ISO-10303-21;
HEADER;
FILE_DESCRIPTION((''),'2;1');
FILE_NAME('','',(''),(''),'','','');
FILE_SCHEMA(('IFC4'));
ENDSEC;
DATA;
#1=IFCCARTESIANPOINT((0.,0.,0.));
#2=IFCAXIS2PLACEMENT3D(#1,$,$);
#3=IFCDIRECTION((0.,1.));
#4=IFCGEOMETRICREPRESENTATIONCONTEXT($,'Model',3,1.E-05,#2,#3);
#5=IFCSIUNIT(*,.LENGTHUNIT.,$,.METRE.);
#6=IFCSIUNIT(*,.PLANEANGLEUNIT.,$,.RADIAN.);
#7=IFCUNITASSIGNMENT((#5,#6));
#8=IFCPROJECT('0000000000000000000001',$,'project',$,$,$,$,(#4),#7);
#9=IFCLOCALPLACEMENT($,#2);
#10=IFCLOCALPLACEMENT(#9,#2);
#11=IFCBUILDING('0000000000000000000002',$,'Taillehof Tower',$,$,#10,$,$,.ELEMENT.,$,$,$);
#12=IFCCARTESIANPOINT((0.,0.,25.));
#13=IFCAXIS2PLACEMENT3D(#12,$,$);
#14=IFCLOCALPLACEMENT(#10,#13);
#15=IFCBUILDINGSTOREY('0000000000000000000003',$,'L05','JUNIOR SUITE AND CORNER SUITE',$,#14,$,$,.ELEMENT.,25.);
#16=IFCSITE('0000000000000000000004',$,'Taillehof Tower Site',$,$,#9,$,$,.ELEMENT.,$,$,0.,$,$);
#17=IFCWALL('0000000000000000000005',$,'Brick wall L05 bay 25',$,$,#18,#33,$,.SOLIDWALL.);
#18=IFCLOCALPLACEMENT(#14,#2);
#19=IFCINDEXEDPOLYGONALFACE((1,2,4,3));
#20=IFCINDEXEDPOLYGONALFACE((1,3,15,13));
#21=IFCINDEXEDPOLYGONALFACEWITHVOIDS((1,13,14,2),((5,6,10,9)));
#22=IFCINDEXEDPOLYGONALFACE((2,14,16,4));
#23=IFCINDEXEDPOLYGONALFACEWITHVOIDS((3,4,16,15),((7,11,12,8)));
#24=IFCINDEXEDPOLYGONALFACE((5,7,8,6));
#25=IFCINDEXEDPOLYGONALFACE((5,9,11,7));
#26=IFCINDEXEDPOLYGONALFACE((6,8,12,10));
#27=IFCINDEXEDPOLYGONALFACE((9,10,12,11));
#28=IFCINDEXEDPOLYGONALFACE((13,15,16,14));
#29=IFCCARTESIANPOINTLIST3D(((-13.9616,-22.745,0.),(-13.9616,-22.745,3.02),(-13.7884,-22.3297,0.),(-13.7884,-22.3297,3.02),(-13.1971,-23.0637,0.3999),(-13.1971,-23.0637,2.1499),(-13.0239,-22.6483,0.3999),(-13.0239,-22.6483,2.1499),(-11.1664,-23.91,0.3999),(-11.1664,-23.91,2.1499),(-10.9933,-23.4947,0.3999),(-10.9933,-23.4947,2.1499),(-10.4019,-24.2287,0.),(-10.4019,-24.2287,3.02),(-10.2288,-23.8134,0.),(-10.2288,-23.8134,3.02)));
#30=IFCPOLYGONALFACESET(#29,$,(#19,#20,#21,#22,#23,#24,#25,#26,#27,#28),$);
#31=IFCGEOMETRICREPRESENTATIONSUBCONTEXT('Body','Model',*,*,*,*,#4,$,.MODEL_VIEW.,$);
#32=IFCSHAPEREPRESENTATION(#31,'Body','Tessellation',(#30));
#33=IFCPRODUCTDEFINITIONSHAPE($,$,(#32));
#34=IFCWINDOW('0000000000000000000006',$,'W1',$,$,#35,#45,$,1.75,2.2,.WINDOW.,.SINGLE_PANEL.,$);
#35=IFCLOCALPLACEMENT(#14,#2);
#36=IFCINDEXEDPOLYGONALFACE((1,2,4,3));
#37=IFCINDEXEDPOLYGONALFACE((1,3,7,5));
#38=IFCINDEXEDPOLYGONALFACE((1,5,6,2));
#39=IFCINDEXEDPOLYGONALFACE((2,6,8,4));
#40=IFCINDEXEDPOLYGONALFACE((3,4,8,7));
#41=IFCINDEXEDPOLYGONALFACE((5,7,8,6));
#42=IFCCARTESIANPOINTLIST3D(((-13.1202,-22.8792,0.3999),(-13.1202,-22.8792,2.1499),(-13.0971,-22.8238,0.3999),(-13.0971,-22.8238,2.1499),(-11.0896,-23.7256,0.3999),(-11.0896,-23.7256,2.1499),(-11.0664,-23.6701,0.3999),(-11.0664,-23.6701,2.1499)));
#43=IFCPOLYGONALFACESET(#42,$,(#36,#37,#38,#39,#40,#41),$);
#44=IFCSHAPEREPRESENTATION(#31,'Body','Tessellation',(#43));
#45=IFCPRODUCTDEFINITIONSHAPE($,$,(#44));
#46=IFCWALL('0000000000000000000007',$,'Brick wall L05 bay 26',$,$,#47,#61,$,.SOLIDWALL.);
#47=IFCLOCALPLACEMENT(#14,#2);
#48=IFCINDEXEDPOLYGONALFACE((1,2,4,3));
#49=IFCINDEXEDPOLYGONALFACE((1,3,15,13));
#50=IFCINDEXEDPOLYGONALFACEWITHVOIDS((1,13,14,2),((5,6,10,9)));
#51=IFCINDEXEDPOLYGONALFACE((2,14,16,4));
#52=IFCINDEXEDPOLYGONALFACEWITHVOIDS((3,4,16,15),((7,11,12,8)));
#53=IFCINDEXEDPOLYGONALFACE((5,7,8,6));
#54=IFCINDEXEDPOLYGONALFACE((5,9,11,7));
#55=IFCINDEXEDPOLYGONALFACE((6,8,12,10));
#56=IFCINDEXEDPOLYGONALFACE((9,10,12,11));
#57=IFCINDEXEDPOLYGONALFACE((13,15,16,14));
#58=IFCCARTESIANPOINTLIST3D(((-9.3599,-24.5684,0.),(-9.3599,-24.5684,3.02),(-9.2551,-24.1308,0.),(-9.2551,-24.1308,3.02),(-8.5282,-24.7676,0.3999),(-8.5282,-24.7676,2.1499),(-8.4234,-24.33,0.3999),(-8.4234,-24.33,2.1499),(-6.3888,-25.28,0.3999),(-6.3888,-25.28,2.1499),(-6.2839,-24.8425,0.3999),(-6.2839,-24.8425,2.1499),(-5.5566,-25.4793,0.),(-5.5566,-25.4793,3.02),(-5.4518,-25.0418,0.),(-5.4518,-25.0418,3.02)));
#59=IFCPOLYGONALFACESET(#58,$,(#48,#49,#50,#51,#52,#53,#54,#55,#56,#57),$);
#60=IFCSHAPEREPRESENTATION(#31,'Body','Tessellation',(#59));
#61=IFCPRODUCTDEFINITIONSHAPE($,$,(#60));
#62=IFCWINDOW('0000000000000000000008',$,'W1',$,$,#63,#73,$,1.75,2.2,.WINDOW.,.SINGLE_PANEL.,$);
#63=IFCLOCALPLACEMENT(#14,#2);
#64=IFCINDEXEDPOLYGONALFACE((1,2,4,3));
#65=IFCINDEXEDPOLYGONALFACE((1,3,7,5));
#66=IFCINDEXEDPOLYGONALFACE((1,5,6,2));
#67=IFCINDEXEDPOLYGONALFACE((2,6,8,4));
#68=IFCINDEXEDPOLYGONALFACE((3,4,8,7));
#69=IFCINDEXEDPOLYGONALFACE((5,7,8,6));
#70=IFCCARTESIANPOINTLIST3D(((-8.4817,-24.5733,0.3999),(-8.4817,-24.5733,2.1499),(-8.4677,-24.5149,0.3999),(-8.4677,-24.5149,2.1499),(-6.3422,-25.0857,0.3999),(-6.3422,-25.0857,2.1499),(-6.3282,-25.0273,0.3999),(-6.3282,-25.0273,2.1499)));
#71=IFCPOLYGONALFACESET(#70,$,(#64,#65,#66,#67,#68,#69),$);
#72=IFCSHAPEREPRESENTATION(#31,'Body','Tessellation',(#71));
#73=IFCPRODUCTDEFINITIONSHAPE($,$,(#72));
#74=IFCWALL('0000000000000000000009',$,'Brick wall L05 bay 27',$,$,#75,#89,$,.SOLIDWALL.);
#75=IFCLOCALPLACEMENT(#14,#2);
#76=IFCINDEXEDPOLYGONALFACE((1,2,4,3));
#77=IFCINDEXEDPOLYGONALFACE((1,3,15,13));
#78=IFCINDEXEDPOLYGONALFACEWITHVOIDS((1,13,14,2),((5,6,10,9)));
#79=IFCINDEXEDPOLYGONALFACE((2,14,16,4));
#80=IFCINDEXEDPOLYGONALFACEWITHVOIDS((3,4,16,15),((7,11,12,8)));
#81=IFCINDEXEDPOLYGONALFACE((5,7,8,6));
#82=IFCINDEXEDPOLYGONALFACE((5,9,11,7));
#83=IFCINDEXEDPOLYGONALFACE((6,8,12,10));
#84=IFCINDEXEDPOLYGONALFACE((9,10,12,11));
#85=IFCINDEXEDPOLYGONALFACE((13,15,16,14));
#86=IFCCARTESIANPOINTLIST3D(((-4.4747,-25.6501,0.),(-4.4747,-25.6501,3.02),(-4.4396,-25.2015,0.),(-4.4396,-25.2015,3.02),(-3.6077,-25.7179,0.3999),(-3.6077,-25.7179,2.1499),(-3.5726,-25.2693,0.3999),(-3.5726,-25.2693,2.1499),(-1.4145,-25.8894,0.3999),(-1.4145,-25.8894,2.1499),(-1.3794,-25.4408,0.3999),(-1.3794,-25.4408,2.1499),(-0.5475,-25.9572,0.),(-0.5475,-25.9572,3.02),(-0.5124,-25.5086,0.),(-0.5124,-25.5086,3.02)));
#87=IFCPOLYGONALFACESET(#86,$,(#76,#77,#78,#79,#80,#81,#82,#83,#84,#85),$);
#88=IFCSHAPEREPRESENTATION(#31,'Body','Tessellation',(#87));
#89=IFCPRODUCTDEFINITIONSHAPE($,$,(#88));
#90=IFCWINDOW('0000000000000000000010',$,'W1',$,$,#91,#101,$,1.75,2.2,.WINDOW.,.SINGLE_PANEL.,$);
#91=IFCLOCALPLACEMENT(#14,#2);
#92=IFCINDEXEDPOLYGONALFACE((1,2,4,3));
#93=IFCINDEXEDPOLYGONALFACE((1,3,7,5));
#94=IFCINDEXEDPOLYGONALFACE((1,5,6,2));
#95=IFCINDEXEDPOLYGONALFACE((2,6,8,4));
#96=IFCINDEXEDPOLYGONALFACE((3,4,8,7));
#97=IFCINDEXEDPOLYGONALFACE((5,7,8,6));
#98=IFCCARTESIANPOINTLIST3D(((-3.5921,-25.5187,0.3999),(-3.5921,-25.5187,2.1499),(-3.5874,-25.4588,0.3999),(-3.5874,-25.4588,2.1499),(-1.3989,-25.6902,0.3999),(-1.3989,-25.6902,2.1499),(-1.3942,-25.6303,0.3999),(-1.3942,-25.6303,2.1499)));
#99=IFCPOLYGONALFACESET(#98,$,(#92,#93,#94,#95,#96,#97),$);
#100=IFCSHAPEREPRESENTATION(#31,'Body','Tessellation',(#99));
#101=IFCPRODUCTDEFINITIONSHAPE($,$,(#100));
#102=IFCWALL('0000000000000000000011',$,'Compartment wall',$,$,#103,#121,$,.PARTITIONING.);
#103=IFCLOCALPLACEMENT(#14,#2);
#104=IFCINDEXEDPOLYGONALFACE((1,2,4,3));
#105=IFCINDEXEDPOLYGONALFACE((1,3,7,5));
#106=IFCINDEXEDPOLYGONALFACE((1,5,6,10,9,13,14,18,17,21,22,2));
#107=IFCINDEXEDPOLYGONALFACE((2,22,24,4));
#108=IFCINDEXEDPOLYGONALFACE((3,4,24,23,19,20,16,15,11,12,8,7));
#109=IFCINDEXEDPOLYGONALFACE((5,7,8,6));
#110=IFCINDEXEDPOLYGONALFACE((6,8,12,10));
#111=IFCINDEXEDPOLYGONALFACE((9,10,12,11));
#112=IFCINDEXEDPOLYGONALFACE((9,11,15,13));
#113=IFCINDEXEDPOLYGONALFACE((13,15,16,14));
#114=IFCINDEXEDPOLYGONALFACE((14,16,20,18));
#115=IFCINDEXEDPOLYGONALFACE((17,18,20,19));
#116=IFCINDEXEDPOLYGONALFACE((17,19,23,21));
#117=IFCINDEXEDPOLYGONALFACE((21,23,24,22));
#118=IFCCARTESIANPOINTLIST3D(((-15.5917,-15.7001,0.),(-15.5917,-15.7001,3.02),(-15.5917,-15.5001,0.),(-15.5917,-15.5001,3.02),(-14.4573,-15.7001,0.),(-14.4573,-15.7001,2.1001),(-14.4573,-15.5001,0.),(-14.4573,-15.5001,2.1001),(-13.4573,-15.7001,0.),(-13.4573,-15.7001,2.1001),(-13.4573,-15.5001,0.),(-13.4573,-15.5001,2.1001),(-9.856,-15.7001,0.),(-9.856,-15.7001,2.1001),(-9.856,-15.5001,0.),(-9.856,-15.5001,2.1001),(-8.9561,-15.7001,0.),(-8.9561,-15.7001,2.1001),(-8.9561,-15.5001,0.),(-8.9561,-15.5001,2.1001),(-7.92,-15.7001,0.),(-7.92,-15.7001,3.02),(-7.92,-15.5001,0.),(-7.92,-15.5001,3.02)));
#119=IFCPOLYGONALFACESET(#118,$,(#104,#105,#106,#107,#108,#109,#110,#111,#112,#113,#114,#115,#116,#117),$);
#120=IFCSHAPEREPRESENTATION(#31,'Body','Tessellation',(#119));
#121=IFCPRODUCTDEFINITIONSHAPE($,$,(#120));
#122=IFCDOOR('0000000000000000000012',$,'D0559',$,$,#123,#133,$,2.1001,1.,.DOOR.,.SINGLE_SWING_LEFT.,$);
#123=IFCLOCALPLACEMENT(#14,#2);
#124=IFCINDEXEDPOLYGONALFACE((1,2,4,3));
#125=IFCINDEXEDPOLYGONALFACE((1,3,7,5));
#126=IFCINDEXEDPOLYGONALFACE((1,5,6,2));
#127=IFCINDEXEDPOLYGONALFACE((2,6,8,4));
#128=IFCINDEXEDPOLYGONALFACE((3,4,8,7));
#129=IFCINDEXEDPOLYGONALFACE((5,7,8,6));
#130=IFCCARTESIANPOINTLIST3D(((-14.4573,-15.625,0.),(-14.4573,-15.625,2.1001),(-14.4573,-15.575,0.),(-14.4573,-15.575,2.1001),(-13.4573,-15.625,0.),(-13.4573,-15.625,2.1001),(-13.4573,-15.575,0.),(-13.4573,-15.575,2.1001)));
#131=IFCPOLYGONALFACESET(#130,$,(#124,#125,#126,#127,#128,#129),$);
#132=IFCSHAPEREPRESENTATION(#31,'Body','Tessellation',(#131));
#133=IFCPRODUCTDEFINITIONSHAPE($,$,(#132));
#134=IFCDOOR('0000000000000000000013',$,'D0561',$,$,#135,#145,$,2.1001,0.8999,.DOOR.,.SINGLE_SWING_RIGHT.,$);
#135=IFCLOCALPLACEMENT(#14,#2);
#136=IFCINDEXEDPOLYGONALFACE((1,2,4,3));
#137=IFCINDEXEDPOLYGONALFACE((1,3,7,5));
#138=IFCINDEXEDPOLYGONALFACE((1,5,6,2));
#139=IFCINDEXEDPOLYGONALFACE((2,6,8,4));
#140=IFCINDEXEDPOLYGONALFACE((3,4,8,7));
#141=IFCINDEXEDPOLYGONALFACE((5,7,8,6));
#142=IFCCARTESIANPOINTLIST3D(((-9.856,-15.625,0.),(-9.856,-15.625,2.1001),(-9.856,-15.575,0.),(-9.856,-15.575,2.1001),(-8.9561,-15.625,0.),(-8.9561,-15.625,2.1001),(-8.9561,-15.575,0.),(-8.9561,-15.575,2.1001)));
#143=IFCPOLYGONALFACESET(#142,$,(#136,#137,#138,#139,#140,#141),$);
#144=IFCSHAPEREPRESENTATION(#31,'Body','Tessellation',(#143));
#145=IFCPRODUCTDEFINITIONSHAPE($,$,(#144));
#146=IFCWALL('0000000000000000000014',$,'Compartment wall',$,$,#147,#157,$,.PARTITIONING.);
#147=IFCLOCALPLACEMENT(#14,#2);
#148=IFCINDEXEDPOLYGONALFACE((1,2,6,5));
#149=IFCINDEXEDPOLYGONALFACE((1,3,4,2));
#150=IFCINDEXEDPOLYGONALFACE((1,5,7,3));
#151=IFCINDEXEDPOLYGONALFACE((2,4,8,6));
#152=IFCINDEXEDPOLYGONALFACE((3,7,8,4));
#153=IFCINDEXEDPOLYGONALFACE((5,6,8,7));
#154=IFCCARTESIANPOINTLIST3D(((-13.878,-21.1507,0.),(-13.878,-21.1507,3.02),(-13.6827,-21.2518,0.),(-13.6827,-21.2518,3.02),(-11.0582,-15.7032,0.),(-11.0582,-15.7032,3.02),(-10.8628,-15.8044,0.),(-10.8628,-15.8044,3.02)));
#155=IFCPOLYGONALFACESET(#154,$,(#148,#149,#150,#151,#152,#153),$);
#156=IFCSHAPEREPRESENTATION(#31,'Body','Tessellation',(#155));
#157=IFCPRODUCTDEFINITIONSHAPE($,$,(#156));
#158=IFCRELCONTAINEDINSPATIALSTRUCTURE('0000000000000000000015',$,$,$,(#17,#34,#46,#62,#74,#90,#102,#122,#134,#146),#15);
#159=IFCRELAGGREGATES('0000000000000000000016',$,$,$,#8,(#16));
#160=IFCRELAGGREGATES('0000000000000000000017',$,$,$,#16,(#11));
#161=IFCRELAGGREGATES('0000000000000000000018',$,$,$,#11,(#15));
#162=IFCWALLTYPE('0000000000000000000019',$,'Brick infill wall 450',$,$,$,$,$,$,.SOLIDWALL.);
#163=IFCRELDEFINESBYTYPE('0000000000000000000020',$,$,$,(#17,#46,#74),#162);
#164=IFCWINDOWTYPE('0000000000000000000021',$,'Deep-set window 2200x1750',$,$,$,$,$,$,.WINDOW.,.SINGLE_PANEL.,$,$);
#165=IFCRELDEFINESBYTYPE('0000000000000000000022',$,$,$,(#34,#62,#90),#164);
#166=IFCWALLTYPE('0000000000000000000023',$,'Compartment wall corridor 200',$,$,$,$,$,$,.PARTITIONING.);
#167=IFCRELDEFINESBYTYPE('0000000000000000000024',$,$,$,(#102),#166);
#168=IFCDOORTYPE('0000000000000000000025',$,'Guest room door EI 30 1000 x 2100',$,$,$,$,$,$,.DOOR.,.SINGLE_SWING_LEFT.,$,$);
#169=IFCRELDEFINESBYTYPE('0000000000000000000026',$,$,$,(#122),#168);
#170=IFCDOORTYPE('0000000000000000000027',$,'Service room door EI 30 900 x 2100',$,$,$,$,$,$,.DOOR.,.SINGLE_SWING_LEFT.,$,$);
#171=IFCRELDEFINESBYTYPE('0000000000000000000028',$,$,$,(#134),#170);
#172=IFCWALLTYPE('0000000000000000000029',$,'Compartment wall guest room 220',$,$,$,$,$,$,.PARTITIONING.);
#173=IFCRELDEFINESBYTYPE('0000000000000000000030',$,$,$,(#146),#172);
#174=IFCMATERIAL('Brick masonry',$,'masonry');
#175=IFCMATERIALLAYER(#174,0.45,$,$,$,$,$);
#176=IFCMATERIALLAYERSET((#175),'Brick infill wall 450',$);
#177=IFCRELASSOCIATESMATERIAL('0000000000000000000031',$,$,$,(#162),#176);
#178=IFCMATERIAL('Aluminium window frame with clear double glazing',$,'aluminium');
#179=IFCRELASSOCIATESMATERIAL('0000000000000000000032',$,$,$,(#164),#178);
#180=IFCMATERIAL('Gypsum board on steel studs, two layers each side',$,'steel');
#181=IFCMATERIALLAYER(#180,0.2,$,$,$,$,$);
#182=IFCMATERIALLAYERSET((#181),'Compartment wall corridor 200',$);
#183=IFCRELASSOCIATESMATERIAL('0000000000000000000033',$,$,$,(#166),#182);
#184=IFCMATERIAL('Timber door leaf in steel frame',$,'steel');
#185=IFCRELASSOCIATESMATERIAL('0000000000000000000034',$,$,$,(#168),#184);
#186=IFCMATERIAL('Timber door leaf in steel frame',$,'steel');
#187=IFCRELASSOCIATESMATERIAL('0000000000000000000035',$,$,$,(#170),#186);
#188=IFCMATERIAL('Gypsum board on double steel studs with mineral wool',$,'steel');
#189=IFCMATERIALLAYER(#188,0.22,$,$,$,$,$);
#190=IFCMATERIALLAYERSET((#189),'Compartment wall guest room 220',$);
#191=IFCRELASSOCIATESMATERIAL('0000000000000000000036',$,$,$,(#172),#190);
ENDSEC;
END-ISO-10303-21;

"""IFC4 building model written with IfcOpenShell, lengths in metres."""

from ifc_helpers import new_model, si_unit, direction, frame, frame_2d, origin, place, context, subcontext, project, spatial, rectangle, extrude, material, layer, layer_set, type_object, element, fill, save


model = new_model("IFC4")

# Units and contexts
model_context = context("Model", 3, precision=1e-05, world=origin(), true_north=direction((0.0, 1.0)))
body_context = subcontext(model_context, "Body", "Model", "MODEL_VIEW")
ifc_project = project(units=[si_unit("LENGTHUNIT", "METRE"), si_unit("PLANEANGLEUNIT", "RADIAN")], contexts=[model_context])

# Site, building, storey
site_placement = place(None, origin())
site = spatial("IfcSite", under=ifc_project, at=site_placement, Name="Taillehof Tower Site", CompositionType="ELEMENT", RefElevation=0.0)
building_placement = place(site_placement, origin())
building = spatial("IfcBuilding", under=site, at=building_placement, Name="Taillehof Tower", CompositionType="ELEMENT")
storey_placement = place(building_placement, frame((0.0, 0.0, 25.0)))
storey = spatial("IfcBuildingStorey", under=building, at=storey_placement, Name="L05", Description="JUNIOR SUITE AND CORNER SUITE", CompositionType="ELEMENT", Elevation=25.0)

# Walls, openings, windows
ifc_material_1 = material(Name="Brick masonry", Category="masonry")
ifc_layer_1 = layer(ifc_material_1, 0.45)
ifc_layer_set_1 = layer_set([ifc_layer_1], Name="Brick infill wall 450")
wall_type_1 = type_object("IfcWallType", Name="Brick infill wall 450", PredefinedType="SOLIDWALL", material=ifc_layer_set_1)
wall_1_placement = place(storey_placement, frame((-13.875, -22.5374, 0.0), z_axis=(0.0, 0.0, 1.0), x_axis=(0.923032, -0.384723, 0.0)))
wall_1 = element("IfcWall", 1, at=wall_1_placement, inside=storey, type_object=wall_type_1, Name="Brick wall L05 bay 25", PredefinedType="SOLIDWALL", context=body_context, shape_type="SweptSolid", body=[
    extrude(rectangle(XDim=3.8564, YDim=0.45, at=frame_2d((1.9282, 0.0))), origin(), (0.0, 0.0, 1.0), 3.02),
])
opening_1_placement = place(wall_1_placement, frame((0.8281, 0.0, 0.3999)))
opening_1 = element("IfcOpeningElement", 2, at=opening_1_placement, cuts=wall_1, PredefinedType="OPENING", context=body_context, shape_type="SweptSolid", body=[
    extrude(rectangle(XDim=2.2, YDim=1.75, at=frame_2d((1.1001, 0.875))), frame((0.0, 0.2349, 0.0), z_axis=(0.0, -1.0, 0.0), x_axis=(1.0, 0.0, 0.0)), (0.0, 0.0, 1.0), 0.47),
])
ifc_material_2 = material(Name="Aluminium window frame with clear double glazing", Category="aluminium")
window_type = type_object("IfcWindowType", Name="Deep-set window 2200x1750", PartitioningType="SINGLE_PANEL", PredefinedType="WINDOW", material=ifc_material_2)
window_1_placement = place(opening_1_placement, origin())
window_1 = element("IfcWindow", 3, at=window_1_placement, inside=storey, type_object=window_type, Name="W1", OverallHeight=1.75, OverallWidth=2.2, PartitioningType="SINGLE_PANEL", PredefinedType="WINDOW", context=body_context, shape_type="SweptSolid", body=[
    extrude(rectangle(XDim=2.2, YDim=1.75, at=frame_2d((1.1001, 0.875))), frame((0.0, 0.0349, 0.0), z_axis=(0.0, -1.0, 0.0), x_axis=(1.0, 0.0, 0.0)), (0.0, 0.0, 1.0), 0.0601),
])
fill(opening_1, window_1)
wall_2_placement = place(storey_placement, frame((-9.3076, -24.3496, 0.0), z_axis=(0.0, 0.0, 1.0), x_axis=(0.972497, -0.232917, 0.0)))
wall_2 = element("IfcWall", 4, at=wall_2_placement, inside=storey, type_object=wall_type_1, Name="Brick wall L05 bay 26", PredefinedType="SOLIDWALL", context=body_context, shape_type="SweptSolid", body=[
    extrude(rectangle(XDim=3.9109, YDim=0.45, at=frame_2d((1.9556, 0.0))), origin(), (0.0, 0.0, 1.0), 3.02),
])
opening_2_placement = place(wall_2_placement, frame((0.8552, 0.0, 0.3999)))
opening_2 = element("IfcOpeningElement", 5, at=opening_2_placement, cuts=wall_2, PredefinedType="OPENING", context=body_context, shape_type="SweptSolid", body=[
    extrude(rectangle(XDim=2.2, YDim=1.75, at=frame_2d((1.1001, 0.875))), frame((0.0, 0.2349, 0.0), z_axis=(0.0, -1.0, 0.0), x_axis=(1.0, 0.0, 0.0)), (0.0, 0.0, 1.0), 0.47),
])
window_2_placement = place(opening_2_placement, origin())
window_2 = element("IfcWindow", 6, at=window_2_placement, inside=storey, type_object=window_type, Name="W1", OverallHeight=1.75, OverallWidth=2.2, PartitioningType="SINGLE_PANEL", PredefinedType="WINDOW", context=body_context, shape_type="SweptSolid", body=[
    extrude(rectangle(XDim=2.2, YDim=1.75, at=frame_2d((1.1001, 0.875))), frame((0.0, 0.0349, 0.0), z_axis=(0.0, -1.0, 0.0), x_axis=(1.0, 0.0, 0.0)), (0.0, 0.0, 1.0), 0.0601),
])
fill(opening_2, window_2)
wall_3_placement = place(storey_placement, frame((-4.4573, -25.4258, 0.0), z_axis=(0.0, 0.0, 1.0), x_axis=(0.996956, -0.077967, 0.0)))
wall_3 = element("IfcWall", 7, at=wall_3_placement, inside=storey, type_object=wall_type_1, Name="Brick wall L05 bay 27", PredefinedType="SOLIDWALL", context=body_context, shape_type="SweptSolid", body=[
    extrude(rectangle(XDim=3.9392, YDim=0.45, at=frame_2d((1.9697, 0.0))), origin(), (0.0, 0.0, 1.0), 3.02),
])
opening_3_placement = place(wall_3_placement, frame((0.8696, 0.0, 0.3999)))
opening_3 = element("IfcOpeningElement", 8, at=opening_3_placement, cuts=wall_3, PredefinedType="OPENING", context=body_context, shape_type="SweptSolid", body=[
    extrude(rectangle(XDim=2.2, YDim=1.75, at=frame_2d((1.1001, 0.875))), frame((0.0, 0.2349, 0.0), z_axis=(0.0, -1.0, 0.0), x_axis=(1.0, 0.0, 0.0)), (0.0, 0.0, 1.0), 0.47),
])
window_3_placement = place(opening_3_placement, origin())
window_3 = element("IfcWindow", 9, at=window_3_placement, inside=storey, type_object=window_type, Name="W1", OverallHeight=1.75, OverallWidth=2.2, PartitioningType="SINGLE_PANEL", PredefinedType="WINDOW", context=body_context, shape_type="SweptSolid", body=[
    extrude(rectangle(XDim=2.2, YDim=1.75, at=frame_2d((1.1001, 0.875))), frame((0.0, 0.0349, 0.0), z_axis=(0.0, -1.0, 0.0), x_axis=(1.0, 0.0, 0.0)), (0.0, 0.0, 1.0), 0.0601),
])
fill(opening_3, window_3)

# Wall, openings, doors
ifc_material_3 = material(Name="Gypsum board on steel studs, two layers each side", Category="steel")
ifc_layer_2 = layer(ifc_material_3, 0.2)
ifc_layer_set_2 = layer_set([ifc_layer_2], Name="Compartment wall corridor 200")
wall_type_2 = type_object("IfcWallType", Name="Compartment wall corridor 200", PredefinedType="PARTITIONING", material=ifc_layer_set_2)
wall_4_placement = place(storey_placement, frame((-7.9199, -15.6001, 0.0), z_axis=(0.0, 0.0, 1.0), x_axis=(-1.0, 0.0, 0.0)))
wall_4 = element("IfcWall", 10, at=wall_4_placement, inside=storey, type_object=wall_type_2, Name="Compartment wall", PredefinedType="PARTITIONING", context=body_context, shape_type="SweptSolid", body=[
    extrude(rectangle(XDim=7.6716, YDim=0.2, at=frame_2d((3.8359, 0.0))), origin(), (0.0, 0.0, 1.0), 3.02),
])
opening_4_placement = place(wall_4_placement, frame((5.5374, 0.0, 0.0)))
opening_4 = element("IfcOpeningElement", 11, at=opening_4_placement, cuts=wall_4, PredefinedType="OPENING", context=body_context, shape_type="SweptSolid", body=[
    extrude(rectangle(XDim=1.0, YDim=2.1001, at=frame_2d((0.5, 1.05))), frame((0.0, 0.1099, 0.0), z_axis=(0.0, -1.0, 0.0), x_axis=(1.0, 0.0, 0.0)), (0.0, 0.0, 1.0), 0.22),
])
opening_5_placement = place(wall_4_placement, frame((1.0361, 0.0, 0.0)))
opening_5 = element("IfcOpeningElement", 12, at=opening_5_placement, cuts=wall_4, PredefinedType="OPENING", context=body_context, shape_type="SweptSolid", body=[
    extrude(rectangle(XDim=0.8999, YDim=2.1001, at=frame_2d((0.45, 1.05))), frame((0.0, 0.1099, 0.0), z_axis=(0.0, -1.0, 0.0), x_axis=(1.0, 0.0, 0.0)), (0.0, 0.0, 1.0), 0.22),
])
ifc_material_4 = material(Name="Timber door leaf in steel frame", Category="steel")
door_type_1 = type_object("IfcDoorType", Name="Guest room door EI 30 1000 x 2100", OperationType="SINGLE_SWING_LEFT", PredefinedType="DOOR", material=ifc_material_4)
door_1_placement = place(opening_4_placement, origin())
door_1 = element("IfcDoor", 13, at=door_1_placement, inside=storey, type_object=door_type_1, Name="D0559", OperationType="SINGLE_SWING_LEFT", OverallHeight=2.1001, OverallWidth=1.0, PredefinedType="DOOR", context=body_context, shape_type="SweptSolid", body=[
    extrude(rectangle(XDim=1.0, YDim=2.1001, at=frame_2d((0.5, 1.05))), frame((0.0, 0.0249, 0.0), z_axis=(0.0, -1.0, 0.0), x_axis=(1.0, 0.0, 0.0)), (0.0, 0.0, 1.0), 0.05),
])
fill(opening_4, door_1)
ifc_material_5 = material(Name="Timber door leaf in steel frame", Category="steel")
door_type_2 = type_object("IfcDoorType", Name="Service room door EI 30 900 x 2100", OperationType="SINGLE_SWING_LEFT", PredefinedType="DOOR", material=ifc_material_5)
door_2_placement = place(opening_5_placement, origin())
door_2 = element("IfcDoor", 14, at=door_2_placement, inside=storey, type_object=door_type_2, Name="D0561", OperationType="SINGLE_SWING_RIGHT", OverallHeight=2.1001, OverallWidth=0.8999, PredefinedType="DOOR", context=body_context, shape_type="SweptSolid", body=[
    extrude(rectangle(XDim=0.8999, YDim=2.1001, at=frame_2d((0.45, 1.05))), frame((0.0, 0.0249, 0.0), z_axis=(0.0, -1.0, 0.0), x_axis=(1.0, 0.0, 0.0)), (0.0, 0.0, 1.0), 0.05),
])
fill(opening_5, door_2)

# Wall
ifc_material_6 = material(Name="Gypsum board on double steel studs with mineral wool", Category="steel")
ifc_layer_3 = layer(ifc_material_6, 0.22)
ifc_layer_set_3 = layer_set([ifc_layer_3], Name="Compartment wall guest room 220")
wall_type_3 = type_object("IfcWallType", Name="Compartment wall guest room 220", PredefinedType="PARTITIONING", material=ifc_layer_set_3)
wall_5_placement = place(storey_placement, frame((-13.7803, -21.2012, 0.0), z_axis=(0.0, 0.0, 1.0), x_axis=(0.459699, 0.888075, 0.0)))
element("IfcWall", 15, at=wall_5_placement, inside=storey, type_object=wall_type_3, Name="Compartment wall", PredefinedType="PARTITIONING", context=body_context, shape_type="SweptSolid", body=[
    extrude(rectangle(XDim=6.134, YDim=0.22, at=frame_2d((3.0669, 0.0))), origin(), (0.0, 0.0, 1.0), 3.02),
])

save(model, "model.ifc")
